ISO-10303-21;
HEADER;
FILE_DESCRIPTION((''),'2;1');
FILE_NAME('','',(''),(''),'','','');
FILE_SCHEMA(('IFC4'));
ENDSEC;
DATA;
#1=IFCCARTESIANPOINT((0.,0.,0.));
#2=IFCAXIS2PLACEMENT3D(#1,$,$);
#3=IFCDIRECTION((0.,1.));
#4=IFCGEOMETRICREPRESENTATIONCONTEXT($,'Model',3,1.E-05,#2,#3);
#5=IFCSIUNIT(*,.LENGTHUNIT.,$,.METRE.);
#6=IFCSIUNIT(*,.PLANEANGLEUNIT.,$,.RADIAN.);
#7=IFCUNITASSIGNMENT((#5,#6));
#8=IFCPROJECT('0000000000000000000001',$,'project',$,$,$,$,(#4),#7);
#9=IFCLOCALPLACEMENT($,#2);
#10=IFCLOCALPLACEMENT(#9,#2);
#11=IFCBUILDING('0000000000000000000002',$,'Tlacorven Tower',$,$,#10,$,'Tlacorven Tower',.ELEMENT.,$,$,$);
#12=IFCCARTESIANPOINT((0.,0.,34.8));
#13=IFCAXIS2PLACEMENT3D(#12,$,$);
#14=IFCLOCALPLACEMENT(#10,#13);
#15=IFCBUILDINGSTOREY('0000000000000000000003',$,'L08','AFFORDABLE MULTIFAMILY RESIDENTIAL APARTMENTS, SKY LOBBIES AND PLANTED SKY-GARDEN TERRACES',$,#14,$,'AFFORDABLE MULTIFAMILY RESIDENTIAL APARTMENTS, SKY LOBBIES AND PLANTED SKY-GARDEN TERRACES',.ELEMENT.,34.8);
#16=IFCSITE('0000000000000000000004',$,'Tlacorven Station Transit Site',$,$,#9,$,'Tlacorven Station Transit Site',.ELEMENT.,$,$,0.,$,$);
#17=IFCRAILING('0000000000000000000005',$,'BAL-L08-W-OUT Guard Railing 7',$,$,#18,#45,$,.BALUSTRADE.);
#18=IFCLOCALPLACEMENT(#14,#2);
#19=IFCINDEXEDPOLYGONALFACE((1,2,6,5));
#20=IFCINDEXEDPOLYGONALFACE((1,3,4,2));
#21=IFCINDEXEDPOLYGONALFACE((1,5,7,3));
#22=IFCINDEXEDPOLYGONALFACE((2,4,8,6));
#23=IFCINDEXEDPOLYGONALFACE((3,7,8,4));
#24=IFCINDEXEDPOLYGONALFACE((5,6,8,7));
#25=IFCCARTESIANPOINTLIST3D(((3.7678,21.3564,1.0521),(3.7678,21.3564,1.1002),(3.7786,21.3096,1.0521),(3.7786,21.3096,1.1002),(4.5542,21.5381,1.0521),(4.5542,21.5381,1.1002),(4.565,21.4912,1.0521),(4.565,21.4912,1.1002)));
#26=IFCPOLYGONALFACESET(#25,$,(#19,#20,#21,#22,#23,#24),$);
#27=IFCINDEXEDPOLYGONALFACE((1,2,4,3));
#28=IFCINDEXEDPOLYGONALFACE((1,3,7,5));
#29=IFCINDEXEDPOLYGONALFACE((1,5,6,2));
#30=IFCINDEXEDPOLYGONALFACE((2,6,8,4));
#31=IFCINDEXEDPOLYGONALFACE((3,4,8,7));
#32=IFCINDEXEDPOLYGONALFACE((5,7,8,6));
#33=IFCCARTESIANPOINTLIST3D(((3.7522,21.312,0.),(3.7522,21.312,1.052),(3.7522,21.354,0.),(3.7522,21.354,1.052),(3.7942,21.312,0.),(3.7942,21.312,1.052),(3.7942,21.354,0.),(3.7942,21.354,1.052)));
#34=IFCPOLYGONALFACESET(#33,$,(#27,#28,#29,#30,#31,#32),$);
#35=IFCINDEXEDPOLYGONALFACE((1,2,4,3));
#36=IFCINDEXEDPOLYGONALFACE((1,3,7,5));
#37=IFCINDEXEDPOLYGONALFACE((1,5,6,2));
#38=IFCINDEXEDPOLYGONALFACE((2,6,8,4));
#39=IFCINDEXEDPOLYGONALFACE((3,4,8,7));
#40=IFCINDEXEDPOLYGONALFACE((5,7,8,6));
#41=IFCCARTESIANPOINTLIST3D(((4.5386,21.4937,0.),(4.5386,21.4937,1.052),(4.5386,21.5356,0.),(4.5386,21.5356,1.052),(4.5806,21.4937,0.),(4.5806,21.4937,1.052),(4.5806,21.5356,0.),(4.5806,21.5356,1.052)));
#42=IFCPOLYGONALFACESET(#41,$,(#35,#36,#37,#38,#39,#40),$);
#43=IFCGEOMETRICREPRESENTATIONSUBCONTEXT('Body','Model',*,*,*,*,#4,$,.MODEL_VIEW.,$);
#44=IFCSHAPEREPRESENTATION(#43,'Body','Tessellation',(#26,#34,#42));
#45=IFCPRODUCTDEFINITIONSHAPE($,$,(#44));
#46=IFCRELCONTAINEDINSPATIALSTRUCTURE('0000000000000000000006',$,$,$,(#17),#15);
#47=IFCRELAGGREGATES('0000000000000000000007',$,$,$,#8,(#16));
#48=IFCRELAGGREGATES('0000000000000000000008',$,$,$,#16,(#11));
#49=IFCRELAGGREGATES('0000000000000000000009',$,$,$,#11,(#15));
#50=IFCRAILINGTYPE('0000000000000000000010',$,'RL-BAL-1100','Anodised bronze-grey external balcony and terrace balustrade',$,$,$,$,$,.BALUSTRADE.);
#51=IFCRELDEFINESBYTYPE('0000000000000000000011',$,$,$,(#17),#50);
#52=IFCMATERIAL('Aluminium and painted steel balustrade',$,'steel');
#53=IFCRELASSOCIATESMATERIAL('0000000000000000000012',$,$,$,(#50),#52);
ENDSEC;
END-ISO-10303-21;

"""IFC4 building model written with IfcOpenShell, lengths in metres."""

from ifc_helpers import new_model, si_unit, direction, frame, origin, origin_2d, place, context, subcontext, project, spatial, rectangle, extrude, source, transform, mapped, material, type_object, element, save


model = new_model("IFC4")

# Units and contexts
model_context = context("Model", 3, precision=1e-05, world=origin(), true_north=direction((0.0, 1.0)))
body_context = subcontext(model_context, "Body", "Model", "MODEL_VIEW")
ifc_project = project(units=[si_unit("LENGTHUNIT", "METRE"), si_unit("PLANEANGLEUNIT", "RADIAN")], contexts=[model_context])

# Site, building, storey
site_placement = place(None, origin())
site = spatial("IfcSite", under=ifc_project, at=site_placement, Name="Tlacorven Station Transit Site", LongName="Tlacorven Station Transit Site", CompositionType="ELEMENT", RefElevation=0.0)
building_placement = place(site_placement, origin())
building = spatial("IfcBuilding", under=site, at=building_placement, Name="Tlacorven Tower", LongName="Tlacorven Tower", CompositionType="ELEMENT")
storey_placement = place(building_placement, frame((0.0, 0.0, 34.8)))
storey = spatial("IfcBuildingStorey", under=building, at=storey_placement, Name="L08", Description="AFFORDABLE MULTIFAMILY RESIDENTIAL APARTMENTS, SKY LOBBIES AND PLANTED SKY-GARDEN TERRACES", LongName="AFFORDABLE MULTIFAMILY RESIDENTIAL APARTMENTS, SKY LOBBIES AND PLANTED SKY-GARDEN TERRACES", CompositionType="ELEMENT", Elevation=34.8)

# Railing
ifc_material_1 = material(Name="Aluminium and painted steel balustrade", Category="steel")
railing_type = type_object("IfcRailingType", Name="RL-BAL-1100", Description="Anodised bronze-grey external balcony and terrace balustrade", PredefinedType="BALUSTRADE", material=ifc_material_1)
shared_shape_1 = source(origin(), body_context, "Body", "SweptSolid", [
    extrude(rectangle(XDim=0.0481, YDim=0.0481, at=origin_2d()), frame((0.0, 0.0, 1.0762), z_axis=(0.974345, 0.225058, 0.0), x_axis=(-0.225058, 0.974345, 0.0)), (0.0, 0.0, 1.0), 0.8071),
    extrude(rectangle(XDim=0.042, YDim=0.042, at=origin_2d()), origin(), (0.0, 0.0, 1.0), 1.052),
    extrude(rectangle(XDim=0.042, YDim=0.042, at=origin_2d()), frame((0.7864, 0.1816, 0.0)), (0.0, 0.0, 1.0), 1.052),
])
railing_1_placement = place(storey_placement, frame((3.7732, 21.333, 0.0)))
element("IfcRailing", 1, at=railing_1_placement, inside=storey, type_object=railing_type, Name="BAL-L08-W-OUT Guard Railing 7", PredefinedType="BALUSTRADE", context=body_context, shape_type="MappedRepresentation", body=[
    mapped(shared_shape_1, transform((0.0, 0.0, 0.0), scale=1.0)),
])

save(model, "model.ifc")
